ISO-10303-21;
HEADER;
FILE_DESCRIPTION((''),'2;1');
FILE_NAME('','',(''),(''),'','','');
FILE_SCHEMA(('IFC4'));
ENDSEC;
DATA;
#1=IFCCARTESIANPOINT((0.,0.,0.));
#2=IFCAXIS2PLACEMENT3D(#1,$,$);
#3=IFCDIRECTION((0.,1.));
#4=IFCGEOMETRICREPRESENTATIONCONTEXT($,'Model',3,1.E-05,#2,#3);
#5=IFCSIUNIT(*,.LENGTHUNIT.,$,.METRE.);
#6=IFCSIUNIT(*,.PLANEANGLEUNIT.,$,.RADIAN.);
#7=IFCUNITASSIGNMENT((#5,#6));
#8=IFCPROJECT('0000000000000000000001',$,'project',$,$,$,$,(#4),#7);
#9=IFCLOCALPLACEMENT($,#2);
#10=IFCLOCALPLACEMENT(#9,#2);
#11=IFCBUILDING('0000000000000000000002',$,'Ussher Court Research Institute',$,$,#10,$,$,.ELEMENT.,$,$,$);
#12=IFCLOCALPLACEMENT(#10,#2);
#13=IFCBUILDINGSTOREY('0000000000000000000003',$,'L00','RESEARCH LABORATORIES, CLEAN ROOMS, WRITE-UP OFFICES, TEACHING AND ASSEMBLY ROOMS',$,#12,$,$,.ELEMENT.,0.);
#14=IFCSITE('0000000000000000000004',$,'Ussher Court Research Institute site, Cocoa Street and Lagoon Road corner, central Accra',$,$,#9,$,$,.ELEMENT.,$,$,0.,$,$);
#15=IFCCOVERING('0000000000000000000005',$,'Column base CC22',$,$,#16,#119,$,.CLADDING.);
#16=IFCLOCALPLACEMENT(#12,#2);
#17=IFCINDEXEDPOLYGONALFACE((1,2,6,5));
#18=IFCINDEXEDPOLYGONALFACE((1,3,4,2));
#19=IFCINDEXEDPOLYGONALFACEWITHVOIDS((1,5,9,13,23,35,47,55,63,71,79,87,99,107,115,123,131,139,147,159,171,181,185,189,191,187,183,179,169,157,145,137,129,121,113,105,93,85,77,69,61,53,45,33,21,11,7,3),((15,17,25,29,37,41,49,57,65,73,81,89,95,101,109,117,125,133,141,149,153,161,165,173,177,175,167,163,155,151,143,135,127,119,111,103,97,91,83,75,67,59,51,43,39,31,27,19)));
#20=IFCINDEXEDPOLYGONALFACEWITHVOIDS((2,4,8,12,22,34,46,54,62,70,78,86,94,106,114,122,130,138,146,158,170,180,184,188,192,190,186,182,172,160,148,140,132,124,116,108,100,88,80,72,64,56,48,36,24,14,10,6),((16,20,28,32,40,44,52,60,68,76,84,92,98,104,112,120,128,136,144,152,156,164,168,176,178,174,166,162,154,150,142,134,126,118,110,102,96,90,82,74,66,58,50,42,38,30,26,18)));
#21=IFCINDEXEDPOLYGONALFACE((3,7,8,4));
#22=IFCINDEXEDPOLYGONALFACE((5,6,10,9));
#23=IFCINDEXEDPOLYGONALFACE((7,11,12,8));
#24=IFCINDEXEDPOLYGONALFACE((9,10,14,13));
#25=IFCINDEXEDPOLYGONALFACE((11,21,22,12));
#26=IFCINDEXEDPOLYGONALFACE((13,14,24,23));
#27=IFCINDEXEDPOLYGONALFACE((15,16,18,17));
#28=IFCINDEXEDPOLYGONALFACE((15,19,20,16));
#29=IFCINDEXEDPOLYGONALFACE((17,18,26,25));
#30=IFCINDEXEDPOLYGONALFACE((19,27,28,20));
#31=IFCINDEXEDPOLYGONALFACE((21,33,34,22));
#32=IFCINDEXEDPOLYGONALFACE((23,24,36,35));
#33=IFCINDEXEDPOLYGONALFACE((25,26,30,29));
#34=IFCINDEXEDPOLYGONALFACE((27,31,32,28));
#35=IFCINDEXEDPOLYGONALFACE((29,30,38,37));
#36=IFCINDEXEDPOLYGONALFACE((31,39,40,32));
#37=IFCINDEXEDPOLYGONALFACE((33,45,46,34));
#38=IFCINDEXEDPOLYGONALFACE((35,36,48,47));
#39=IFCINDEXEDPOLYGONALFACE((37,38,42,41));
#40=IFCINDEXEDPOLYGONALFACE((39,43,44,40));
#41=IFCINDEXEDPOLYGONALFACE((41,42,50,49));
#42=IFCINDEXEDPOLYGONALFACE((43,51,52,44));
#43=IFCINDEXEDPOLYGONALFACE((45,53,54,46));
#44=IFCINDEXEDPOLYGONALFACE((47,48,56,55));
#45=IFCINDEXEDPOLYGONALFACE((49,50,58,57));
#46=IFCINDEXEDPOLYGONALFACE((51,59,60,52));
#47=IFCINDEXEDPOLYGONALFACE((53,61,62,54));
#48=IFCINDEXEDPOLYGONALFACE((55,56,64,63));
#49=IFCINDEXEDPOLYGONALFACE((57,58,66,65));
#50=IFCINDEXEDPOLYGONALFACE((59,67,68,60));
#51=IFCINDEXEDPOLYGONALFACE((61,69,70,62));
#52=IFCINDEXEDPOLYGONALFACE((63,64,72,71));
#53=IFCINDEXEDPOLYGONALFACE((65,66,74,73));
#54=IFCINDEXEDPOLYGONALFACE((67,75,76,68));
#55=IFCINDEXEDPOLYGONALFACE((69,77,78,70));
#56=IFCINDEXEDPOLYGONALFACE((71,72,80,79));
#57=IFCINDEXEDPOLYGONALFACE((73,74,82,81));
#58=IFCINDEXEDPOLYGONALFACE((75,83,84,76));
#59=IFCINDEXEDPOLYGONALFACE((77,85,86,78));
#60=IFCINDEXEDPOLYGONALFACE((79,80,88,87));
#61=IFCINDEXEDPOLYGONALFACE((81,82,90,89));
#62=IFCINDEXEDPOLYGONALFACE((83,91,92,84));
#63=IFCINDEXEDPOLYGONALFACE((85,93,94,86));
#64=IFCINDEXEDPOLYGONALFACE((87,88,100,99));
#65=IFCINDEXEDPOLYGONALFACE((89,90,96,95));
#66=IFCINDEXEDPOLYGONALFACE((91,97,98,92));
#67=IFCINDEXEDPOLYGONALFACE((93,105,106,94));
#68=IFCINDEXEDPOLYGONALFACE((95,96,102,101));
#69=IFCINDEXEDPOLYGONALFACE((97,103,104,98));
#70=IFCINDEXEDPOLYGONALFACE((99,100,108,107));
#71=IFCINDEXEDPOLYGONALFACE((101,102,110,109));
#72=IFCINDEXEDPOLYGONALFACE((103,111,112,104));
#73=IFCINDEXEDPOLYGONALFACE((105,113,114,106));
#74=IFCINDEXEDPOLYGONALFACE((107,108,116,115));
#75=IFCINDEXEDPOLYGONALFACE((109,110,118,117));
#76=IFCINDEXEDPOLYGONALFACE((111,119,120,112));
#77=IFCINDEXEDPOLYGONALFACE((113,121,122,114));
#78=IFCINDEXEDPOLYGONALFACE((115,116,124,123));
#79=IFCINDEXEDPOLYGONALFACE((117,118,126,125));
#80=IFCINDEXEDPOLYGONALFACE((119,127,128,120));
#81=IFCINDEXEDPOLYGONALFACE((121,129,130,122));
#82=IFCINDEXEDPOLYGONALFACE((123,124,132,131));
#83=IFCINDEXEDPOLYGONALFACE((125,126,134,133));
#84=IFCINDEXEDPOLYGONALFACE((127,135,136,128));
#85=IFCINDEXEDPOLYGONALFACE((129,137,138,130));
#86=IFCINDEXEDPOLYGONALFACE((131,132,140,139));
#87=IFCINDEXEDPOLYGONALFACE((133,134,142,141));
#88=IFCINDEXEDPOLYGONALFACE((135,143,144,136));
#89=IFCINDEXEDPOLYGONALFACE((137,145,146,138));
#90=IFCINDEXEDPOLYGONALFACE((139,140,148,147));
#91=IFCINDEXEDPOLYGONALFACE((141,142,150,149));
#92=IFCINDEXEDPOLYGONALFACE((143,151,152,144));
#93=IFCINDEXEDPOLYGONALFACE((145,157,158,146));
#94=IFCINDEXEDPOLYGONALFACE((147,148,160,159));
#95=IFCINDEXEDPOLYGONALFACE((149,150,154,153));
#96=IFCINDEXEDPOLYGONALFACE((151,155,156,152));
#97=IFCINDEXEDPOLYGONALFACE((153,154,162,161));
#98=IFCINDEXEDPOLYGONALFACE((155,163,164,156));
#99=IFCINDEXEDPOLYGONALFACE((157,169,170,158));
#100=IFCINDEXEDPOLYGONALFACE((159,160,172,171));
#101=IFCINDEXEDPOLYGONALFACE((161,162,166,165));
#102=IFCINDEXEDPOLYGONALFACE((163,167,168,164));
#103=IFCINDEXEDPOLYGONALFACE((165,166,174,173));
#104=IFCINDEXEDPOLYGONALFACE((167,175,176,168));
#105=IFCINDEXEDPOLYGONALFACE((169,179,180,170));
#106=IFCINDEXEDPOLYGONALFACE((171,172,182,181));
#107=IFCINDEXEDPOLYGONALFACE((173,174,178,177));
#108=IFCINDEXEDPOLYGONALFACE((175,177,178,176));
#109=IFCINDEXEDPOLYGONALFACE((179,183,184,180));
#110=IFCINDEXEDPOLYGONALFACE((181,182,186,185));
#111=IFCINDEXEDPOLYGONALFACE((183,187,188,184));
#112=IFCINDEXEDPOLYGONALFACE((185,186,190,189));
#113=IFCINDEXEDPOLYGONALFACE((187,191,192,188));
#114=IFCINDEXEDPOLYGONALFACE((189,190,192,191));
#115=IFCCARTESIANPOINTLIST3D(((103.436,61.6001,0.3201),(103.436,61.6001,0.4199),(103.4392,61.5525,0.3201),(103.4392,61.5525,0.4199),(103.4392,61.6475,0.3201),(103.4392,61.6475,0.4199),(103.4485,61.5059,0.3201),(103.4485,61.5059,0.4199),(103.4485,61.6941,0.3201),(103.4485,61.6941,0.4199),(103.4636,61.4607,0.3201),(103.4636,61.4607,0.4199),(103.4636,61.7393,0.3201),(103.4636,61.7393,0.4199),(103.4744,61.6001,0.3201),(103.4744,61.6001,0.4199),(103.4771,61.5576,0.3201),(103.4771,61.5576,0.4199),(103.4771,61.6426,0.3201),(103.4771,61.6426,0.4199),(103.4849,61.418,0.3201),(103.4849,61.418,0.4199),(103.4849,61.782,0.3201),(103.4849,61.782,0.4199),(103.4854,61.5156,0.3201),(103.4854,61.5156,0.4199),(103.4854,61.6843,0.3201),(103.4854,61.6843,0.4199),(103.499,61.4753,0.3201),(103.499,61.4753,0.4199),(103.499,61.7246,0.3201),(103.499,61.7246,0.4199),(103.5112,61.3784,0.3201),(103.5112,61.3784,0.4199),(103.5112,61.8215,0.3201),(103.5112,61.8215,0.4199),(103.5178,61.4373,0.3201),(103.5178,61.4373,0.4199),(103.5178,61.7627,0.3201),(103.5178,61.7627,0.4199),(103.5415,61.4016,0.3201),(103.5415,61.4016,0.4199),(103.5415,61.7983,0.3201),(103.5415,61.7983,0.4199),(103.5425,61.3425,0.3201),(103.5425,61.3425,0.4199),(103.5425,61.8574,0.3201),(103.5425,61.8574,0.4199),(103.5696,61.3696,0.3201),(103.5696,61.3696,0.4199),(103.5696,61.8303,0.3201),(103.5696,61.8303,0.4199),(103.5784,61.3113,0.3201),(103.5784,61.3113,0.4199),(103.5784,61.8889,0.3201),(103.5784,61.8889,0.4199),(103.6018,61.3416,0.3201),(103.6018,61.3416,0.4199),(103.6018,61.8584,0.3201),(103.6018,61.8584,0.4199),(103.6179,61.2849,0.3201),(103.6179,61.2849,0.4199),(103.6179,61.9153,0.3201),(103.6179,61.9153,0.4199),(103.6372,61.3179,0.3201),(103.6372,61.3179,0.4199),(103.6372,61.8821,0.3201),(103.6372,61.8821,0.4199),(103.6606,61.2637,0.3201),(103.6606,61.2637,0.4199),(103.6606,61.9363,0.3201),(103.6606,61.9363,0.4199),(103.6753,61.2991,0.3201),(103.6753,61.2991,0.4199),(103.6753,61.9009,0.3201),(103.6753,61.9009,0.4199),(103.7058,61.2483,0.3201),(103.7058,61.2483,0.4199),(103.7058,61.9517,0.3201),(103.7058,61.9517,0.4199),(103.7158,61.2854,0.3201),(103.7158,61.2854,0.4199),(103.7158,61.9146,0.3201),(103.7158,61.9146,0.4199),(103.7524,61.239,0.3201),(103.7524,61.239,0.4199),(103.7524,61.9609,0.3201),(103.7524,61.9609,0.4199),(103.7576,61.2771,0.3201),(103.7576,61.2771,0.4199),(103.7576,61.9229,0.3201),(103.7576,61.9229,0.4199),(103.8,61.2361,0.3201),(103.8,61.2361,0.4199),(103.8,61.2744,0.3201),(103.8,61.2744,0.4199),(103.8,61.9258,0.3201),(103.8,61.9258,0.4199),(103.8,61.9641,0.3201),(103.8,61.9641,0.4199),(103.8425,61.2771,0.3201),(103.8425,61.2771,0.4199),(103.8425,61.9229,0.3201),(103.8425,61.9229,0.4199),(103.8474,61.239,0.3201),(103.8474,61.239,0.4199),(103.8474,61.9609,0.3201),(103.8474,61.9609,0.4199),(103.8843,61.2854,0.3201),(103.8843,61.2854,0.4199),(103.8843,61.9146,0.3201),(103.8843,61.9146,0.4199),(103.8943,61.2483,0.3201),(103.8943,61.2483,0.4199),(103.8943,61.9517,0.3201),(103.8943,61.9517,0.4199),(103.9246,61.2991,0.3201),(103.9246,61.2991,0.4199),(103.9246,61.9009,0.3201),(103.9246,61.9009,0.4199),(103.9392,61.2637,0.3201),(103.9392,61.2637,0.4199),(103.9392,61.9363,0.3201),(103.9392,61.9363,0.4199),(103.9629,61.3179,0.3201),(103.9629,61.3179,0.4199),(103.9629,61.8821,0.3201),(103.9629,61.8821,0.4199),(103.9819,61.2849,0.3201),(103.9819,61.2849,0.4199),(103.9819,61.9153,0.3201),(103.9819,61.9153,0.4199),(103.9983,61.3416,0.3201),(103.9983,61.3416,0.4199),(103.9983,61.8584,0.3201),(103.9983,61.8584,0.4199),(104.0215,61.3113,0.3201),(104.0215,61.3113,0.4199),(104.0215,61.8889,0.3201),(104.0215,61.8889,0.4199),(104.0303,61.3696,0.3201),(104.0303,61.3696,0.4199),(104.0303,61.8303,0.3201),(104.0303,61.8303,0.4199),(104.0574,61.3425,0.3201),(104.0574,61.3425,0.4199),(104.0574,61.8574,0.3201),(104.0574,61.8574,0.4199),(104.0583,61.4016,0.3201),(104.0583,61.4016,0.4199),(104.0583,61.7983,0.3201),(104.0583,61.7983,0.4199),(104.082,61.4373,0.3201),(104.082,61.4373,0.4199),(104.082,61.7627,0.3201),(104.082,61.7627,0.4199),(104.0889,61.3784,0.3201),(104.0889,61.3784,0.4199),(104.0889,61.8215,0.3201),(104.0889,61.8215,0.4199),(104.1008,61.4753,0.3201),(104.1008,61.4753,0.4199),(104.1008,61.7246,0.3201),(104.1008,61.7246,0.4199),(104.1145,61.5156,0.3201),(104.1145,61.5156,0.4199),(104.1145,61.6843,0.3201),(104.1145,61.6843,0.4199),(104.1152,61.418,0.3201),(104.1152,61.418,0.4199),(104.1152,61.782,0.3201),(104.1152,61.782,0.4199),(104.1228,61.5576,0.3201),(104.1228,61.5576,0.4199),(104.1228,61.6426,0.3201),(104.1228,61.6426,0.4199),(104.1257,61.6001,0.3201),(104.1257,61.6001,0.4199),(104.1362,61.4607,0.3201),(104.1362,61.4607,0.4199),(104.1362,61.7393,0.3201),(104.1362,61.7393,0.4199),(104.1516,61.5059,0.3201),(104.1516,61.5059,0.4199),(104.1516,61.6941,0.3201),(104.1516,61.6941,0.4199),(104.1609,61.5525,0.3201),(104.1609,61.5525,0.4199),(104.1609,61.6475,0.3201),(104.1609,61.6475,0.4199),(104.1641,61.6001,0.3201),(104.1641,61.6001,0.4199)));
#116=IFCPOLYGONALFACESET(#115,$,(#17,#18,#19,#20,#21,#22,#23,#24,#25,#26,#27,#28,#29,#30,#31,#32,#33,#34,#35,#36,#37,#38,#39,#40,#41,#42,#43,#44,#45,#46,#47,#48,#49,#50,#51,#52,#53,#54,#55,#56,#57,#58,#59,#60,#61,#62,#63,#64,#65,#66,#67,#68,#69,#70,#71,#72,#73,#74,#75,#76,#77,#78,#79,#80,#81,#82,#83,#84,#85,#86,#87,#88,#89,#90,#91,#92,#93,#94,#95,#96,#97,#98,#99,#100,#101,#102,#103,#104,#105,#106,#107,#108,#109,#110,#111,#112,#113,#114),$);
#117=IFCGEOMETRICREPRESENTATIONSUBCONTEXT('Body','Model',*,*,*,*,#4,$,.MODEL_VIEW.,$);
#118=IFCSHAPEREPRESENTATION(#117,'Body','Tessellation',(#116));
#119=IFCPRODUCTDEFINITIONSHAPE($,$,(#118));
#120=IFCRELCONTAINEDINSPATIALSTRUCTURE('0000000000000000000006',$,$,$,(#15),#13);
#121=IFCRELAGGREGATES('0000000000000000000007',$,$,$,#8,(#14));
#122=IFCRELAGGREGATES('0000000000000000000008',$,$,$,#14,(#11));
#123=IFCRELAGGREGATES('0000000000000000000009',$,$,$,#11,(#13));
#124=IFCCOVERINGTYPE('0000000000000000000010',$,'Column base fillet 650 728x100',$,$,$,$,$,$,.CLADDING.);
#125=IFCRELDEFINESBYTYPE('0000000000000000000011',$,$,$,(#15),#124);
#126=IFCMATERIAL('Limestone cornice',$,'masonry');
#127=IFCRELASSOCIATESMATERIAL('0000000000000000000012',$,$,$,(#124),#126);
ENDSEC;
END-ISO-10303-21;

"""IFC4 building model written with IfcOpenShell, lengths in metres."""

from ifc_helpers import new_model, si_unit, direction, frame, origin, place, context, subcontext, project, spatial, polyline, outline, extrude, material, type_object, element, save


model = new_model("IFC4")

# Units and contexts
model_context = context("Model", 3, precision=1e-05, world=origin(), true_north=direction((0.0, 1.0)))
body_context = subcontext(model_context, "Body", "Model", "MODEL_VIEW")
ifc_project = project(units=[si_unit("LENGTHUNIT", "METRE"), si_unit("PLANEANGLEUNIT", "RADIAN")], contexts=[model_context])

# Site, building, storey
site_placement = place(None, origin())
site = spatial("IfcSite", under=ifc_project, at=site_placement, Name="Ussher Court Research Institute site, Cocoa Street and Lagoon Road corner, central Accra", CompositionType="ELEMENT", RefElevation=0.0)
building_placement = place(site_placement, origin())
building = spatial("IfcBuilding", under=site, at=building_placement, Name="Ussher Court Research Institute", CompositionType="ELEMENT")
storey_placement = place(building_placement, origin())
storey = spatial("IfcBuildingStorey", under=building, at=storey_placement, Name="L00", Description="RESEARCH LABORATORIES, CLEAN ROOMS, WRITE-UP OFFICES, TEACHING AND ASSEMBLY ROOMS", CompositionType="ELEMENT", Elevation=0.0)

# Covering
ifc_material_1 = material(Name="Limestone cornice", Category="masonry")
covering_type_1 = type_object("IfcCoveringType", Name="Column base fillet 650 728x100", PredefinedType="CLADDING", material=ifc_material_1)
covering_1_placement = place(storey_placement, frame((0.0, 0.0, 0.3201)))
element("IfcCovering", 1, at=covering_1_placement, inside=storey, type_object=covering_type_1, Name="Column base CC22", PredefinedType="CLADDING", context=body_context, shape_type="SweptSolid", body=[
    extrude(outline(polyline([(104.1641, 61.6001), (104.1609, 61.6475), (104.1516, 61.6941), (104.1362, 61.7393), (104.1152, 61.782), (104.0889, 61.8215), (104.0574, 61.8574), (104.0215, 61.8889), (103.9819, 61.9153), (103.9392, 61.9363), (103.8943, 61.9517), (103.8474, 61.9609), (103.8, 61.9641), (103.7524, 61.9609), (103.7058, 61.9517), (103.6606, 61.9363), (103.6179, 61.9153), (103.5784, 61.8889), (103.5425, 61.8574), (103.5112, 61.8215), (103.4849, 61.782), (103.4636, 61.7393), (103.4485, 61.6941), (103.4392, 61.6475), (103.436, 61.6001), (103.4392, 61.5525), (103.4485, 61.5059), (103.4636, 61.4607), (103.4849, 61.418), (103.5112, 61.3784), (103.5425, 61.3425), (103.5784, 61.3113), (103.6179, 61.2849), (103.6606, 61.2637), (103.7058, 61.2483), (103.7524, 61.239), (103.8, 61.2361), (103.8474, 61.239), (103.8943, 61.2483), (103.9392, 61.2637), (103.9819, 61.2849), (104.0215, 61.3113), (104.0574, 61.3425), (104.0889, 61.3784), (104.1152, 61.418), (104.1362, 61.4607), (104.1516, 61.5059), (104.1609, 61.5525), (104.1641, 61.6001)]), holes=[polyline([(104.1257, 61.6001), (104.1228, 61.6426), (104.1145, 61.6843), (104.1008, 61.7246), (104.082, 61.7627), (104.0583, 61.7983), (104.0303, 61.8303), (103.9983, 61.8584), (103.9629, 61.8821), (103.9246, 61.9009), (103.8843, 61.9146), (103.8425, 61.9229), (103.8, 61.9258), (103.7576, 61.9229), (103.7158, 61.9146), (103.6753, 61.9009), (103.6372, 61.8821), (103.6018, 61.8584), (103.5696, 61.8303), (103.5415, 61.7983), (103.5178, 61.7627), (103.499, 61.7246), (103.4854, 61.6843), (103.4771, 61.6426), (103.4744, 61.6001), (103.4771, 61.5576), (103.4854, 61.5156), (103.499, 61.4753), (103.5178, 61.4373), (103.5415, 61.4016), (103.5696, 61.3696), (103.6018, 61.3416), (103.6372, 61.3179), (103.6753, 61.2991), (103.7158, 61.2854), (103.7576, 61.2771), (103.8, 61.2744), (103.8425, 61.2771), (103.8843, 61.2854), (103.9246, 61.2991), (103.9629, 61.3179), (103.9983, 61.3416), (104.0303, 61.3696), (104.0583, 61.4016), (104.082, 61.4373), (104.1008, 61.4753), (104.1145, 61.5156), (104.1228, 61.5576), (104.1257, 61.6001)])]), origin(), (0.0, 0.0, 1.0), 0.0999),
])

save(model, "model.ifc")
